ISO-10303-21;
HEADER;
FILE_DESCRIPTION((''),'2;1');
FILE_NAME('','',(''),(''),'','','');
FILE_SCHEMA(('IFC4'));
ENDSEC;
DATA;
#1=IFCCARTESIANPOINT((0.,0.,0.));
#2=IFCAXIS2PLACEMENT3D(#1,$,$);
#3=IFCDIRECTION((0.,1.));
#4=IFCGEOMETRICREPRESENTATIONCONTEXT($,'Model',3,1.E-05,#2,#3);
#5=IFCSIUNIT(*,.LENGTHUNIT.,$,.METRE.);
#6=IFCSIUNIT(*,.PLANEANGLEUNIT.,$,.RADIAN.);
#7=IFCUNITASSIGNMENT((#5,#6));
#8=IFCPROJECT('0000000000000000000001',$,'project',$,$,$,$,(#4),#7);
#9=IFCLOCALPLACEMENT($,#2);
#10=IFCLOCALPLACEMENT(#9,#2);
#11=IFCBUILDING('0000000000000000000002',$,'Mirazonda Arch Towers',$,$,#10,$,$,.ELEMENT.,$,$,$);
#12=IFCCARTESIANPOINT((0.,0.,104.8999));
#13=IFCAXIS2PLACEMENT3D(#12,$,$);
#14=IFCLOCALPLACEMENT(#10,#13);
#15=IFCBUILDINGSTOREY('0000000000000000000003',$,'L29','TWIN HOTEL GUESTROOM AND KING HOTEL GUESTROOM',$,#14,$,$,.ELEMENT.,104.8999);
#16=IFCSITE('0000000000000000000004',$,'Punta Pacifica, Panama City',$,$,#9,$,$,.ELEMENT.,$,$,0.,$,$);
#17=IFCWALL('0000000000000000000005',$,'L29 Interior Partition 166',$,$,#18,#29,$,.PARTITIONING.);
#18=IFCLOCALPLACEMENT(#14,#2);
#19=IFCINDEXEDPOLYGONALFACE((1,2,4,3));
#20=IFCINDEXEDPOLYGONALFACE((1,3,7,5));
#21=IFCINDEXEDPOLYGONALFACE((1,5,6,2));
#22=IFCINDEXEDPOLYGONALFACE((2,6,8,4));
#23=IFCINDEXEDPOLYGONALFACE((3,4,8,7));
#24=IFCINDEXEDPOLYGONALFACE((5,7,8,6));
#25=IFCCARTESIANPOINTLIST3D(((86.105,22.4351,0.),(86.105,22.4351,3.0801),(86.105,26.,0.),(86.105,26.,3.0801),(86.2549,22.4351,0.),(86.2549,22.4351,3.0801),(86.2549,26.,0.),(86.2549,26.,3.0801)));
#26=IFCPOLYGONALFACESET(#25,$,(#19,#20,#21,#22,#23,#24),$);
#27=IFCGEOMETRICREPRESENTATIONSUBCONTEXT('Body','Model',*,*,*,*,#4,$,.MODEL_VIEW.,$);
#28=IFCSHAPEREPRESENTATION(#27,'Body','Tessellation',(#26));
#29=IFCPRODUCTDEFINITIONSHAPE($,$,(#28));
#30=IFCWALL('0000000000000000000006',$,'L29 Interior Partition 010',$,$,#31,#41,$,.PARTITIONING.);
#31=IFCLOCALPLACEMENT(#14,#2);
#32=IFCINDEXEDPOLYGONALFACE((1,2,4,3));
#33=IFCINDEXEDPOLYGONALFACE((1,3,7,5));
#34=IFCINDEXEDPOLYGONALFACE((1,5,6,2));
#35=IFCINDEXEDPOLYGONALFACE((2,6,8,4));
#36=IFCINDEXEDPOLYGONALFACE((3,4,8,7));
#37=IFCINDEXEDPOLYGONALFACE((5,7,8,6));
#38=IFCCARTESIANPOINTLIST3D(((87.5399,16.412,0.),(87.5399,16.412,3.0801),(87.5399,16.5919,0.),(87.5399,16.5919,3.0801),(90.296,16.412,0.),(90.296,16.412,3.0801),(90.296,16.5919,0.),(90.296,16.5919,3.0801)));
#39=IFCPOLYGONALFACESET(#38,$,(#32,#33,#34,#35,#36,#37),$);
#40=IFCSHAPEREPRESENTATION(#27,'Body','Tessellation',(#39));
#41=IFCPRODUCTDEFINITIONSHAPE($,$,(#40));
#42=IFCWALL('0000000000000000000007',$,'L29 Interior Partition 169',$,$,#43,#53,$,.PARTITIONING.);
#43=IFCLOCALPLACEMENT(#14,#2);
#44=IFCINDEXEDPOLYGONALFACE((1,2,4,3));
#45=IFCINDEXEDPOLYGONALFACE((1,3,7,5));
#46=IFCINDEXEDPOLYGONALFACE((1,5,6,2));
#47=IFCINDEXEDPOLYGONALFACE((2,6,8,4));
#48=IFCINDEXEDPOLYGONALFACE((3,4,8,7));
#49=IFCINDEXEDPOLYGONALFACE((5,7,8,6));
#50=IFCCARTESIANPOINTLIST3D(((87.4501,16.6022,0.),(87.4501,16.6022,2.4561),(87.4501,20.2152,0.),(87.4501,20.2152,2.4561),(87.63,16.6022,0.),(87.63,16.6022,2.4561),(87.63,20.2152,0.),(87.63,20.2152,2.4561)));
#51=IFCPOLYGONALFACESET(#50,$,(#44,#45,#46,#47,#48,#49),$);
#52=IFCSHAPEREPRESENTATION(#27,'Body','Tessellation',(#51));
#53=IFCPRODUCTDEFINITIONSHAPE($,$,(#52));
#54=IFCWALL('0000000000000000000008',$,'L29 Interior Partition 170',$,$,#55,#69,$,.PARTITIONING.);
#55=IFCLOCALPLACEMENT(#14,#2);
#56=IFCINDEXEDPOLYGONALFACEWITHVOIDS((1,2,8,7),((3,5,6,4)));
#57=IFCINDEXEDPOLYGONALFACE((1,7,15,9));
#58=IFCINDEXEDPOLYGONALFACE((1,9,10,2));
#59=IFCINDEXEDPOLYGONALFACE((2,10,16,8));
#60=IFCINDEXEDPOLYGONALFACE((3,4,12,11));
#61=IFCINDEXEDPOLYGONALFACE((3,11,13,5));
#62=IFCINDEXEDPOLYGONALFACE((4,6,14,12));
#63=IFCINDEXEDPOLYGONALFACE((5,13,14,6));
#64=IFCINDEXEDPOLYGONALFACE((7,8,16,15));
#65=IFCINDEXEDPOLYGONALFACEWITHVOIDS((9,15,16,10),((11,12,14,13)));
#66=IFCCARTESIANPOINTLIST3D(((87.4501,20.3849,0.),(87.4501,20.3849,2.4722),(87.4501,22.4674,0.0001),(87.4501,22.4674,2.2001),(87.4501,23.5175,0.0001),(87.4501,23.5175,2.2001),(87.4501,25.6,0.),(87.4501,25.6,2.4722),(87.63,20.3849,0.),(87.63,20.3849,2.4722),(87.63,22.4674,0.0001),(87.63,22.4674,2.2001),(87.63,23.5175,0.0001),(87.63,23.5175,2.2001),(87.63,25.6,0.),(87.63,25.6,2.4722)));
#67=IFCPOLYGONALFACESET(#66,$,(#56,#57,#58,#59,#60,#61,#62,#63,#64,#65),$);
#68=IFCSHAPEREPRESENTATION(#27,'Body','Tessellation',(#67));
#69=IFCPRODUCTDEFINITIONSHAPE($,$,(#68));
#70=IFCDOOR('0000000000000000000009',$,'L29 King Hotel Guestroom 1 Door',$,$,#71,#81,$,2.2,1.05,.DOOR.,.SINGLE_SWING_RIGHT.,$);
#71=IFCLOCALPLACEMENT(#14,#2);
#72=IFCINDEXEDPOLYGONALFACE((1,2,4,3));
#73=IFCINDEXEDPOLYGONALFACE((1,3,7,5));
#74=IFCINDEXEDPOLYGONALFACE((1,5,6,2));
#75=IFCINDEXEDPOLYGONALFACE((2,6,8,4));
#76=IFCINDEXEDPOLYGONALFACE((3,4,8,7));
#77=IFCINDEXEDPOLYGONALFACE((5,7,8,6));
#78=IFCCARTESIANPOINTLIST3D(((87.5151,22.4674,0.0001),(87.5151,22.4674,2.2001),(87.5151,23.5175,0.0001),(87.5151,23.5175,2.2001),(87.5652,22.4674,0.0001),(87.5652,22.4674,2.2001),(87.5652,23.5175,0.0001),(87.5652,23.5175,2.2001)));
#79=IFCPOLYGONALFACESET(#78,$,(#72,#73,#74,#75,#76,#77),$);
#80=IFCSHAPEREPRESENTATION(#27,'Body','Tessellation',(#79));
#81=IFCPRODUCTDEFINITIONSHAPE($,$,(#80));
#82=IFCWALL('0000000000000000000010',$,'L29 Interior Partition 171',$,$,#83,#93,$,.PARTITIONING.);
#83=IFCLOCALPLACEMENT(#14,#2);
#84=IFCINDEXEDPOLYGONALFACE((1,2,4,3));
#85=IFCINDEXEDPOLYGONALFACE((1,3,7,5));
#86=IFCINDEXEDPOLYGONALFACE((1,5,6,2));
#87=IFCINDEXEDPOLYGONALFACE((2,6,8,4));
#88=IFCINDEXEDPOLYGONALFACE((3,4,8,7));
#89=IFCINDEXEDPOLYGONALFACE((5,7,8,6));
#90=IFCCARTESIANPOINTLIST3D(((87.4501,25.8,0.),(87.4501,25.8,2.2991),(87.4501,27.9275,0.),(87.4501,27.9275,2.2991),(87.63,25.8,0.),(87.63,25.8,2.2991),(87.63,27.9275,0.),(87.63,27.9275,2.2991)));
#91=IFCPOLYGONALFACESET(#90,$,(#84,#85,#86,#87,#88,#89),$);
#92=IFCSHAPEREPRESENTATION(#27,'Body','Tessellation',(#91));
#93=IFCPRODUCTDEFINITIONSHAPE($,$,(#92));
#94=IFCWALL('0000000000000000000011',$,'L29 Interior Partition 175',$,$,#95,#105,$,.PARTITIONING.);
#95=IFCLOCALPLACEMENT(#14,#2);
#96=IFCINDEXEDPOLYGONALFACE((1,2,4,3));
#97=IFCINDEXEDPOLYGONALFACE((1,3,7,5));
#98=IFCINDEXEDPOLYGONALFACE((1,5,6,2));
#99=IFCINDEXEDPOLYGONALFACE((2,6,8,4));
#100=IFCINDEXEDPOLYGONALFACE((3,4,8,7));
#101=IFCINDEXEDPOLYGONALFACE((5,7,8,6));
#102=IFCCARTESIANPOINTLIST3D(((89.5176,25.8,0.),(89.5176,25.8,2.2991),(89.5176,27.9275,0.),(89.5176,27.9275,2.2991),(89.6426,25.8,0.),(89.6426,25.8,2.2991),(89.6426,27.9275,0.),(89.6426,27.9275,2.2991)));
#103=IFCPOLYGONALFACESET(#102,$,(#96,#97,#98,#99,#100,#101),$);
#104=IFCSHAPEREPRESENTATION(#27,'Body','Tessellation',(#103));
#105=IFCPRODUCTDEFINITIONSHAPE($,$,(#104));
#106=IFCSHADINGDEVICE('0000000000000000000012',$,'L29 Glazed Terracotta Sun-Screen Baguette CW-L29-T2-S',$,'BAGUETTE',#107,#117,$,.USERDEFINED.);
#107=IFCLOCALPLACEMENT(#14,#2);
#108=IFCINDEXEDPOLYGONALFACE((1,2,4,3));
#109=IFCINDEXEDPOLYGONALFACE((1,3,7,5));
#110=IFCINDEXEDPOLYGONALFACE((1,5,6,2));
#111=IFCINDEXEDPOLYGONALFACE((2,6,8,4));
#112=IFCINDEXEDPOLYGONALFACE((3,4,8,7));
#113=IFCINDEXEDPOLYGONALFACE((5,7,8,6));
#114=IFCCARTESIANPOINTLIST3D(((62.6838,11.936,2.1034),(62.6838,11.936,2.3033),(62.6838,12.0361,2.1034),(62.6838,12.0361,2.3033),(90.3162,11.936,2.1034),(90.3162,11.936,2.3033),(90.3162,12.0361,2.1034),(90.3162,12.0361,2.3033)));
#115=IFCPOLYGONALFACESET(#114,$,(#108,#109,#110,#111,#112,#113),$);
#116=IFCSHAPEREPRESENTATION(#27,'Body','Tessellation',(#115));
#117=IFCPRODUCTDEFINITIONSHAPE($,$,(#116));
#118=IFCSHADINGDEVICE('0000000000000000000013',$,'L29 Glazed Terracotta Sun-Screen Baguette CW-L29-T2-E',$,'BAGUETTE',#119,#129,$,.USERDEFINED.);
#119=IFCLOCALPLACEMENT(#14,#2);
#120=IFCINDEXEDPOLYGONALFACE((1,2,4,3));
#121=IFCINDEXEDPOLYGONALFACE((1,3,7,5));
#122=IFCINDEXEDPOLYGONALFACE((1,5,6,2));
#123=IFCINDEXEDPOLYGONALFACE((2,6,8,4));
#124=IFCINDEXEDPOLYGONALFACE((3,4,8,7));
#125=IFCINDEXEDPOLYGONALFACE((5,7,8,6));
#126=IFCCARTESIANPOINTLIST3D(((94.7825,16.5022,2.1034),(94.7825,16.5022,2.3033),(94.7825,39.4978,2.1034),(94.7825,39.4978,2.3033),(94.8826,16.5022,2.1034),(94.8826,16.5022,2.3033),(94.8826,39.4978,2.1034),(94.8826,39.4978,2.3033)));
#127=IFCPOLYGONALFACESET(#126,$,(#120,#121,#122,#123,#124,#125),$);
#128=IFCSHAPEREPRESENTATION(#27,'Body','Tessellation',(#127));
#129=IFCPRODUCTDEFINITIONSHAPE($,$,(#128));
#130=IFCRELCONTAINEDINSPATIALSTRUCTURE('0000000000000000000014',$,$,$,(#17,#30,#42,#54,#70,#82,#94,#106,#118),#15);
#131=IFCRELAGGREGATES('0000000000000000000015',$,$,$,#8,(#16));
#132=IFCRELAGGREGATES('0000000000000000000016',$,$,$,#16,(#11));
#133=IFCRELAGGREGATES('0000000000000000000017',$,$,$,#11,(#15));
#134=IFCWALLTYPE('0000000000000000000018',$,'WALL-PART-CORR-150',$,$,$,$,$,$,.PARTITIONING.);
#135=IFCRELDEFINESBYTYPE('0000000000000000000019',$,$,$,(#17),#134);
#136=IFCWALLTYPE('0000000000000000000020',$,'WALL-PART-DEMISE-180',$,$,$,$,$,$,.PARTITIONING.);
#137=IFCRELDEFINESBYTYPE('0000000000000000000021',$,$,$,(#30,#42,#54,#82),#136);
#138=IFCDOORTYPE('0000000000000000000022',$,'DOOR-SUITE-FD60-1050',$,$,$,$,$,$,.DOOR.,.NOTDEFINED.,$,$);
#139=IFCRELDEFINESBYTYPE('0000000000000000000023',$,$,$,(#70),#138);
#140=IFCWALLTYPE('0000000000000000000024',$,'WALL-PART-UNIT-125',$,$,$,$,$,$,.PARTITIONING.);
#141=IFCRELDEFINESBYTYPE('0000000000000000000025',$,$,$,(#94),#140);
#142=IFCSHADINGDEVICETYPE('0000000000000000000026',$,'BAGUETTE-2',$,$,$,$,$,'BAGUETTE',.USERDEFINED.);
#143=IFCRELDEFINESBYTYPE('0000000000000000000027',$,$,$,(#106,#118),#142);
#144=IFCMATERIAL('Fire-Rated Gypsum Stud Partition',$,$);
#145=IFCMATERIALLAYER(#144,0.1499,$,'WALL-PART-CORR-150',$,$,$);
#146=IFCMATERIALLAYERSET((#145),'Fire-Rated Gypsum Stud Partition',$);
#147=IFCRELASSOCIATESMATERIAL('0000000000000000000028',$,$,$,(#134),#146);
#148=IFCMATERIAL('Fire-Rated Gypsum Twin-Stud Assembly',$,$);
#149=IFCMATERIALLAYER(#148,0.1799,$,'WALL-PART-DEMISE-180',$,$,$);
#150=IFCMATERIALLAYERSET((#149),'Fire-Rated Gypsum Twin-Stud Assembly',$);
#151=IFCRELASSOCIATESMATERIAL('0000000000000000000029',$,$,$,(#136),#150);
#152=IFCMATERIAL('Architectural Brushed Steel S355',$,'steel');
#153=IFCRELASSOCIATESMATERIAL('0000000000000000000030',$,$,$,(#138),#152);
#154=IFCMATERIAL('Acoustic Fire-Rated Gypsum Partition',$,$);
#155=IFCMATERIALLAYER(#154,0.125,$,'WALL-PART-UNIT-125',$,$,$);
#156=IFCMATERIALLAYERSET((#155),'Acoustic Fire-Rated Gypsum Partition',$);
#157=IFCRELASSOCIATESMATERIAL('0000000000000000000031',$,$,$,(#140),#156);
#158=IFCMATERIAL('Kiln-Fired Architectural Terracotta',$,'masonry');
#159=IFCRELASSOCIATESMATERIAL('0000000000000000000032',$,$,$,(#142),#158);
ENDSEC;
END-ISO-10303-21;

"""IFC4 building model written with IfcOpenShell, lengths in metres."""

from ifc_helpers import new_model, si_unit, direction, frame, frame_2d, origin, origin_2d, place, context, subcontext, project, spatial, rectangle, extrude, material, layer, layer_set, material_profile, profile_set, type_object, element, fill, save


model = new_model("IFC4")

# Units and contexts
model_context = context("Model", 3, precision=1e-05, world=origin(), true_north=direction((0.0, 1.0)))
body_context = subcontext(model_context, "Body", "Model", "MODEL_VIEW")
ifc_project = project(units=[si_unit("LENGTHUNIT", "METRE"), si_unit("PLANEANGLEUNIT", "RADIAN")], contexts=[model_context])

# Site, building, storey
site_placement = place(None, origin())
site = spatial("IfcSite", under=ifc_project, at=site_placement, Name="Punta Pacifica, Panama City", CompositionType="ELEMENT", RefElevation=0.0)
building_placement = place(site_placement, origin())
building = spatial("IfcBuilding", under=site, at=building_placement, Name="Mirazonda Arch Towers", CompositionType="ELEMENT")
storey_placement = place(building_placement, frame((0.0, 0.0, 104.8999)))
storey = spatial("IfcBuildingStorey", under=building, at=storey_placement, Name="L29", Description="TWIN HOTEL GUESTROOM AND KING HOTEL GUESTROOM", CompositionType="ELEMENT", Elevation=104.8999)

# Walls
ifc_material_1 = material(Name="Fire-Rated Gypsum Stud Partition")
ifc_layer_1 = layer(ifc_material_1, 0.1499, Name="WALL-PART-CORR-150")
ifc_layer_set_1 = layer_set([ifc_layer_1], Name="Fire-Rated Gypsum Stud Partition")
wall_type_1 = type_object("IfcWallType", Name="WALL-PART-CORR-150", PredefinedType="PARTITIONING", material=ifc_layer_set_1)
wall_1_placement = place(storey_placement, frame((86.1799, 22.4351, 0.0), z_axis=(0.0, 0.0, 1.0), x_axis=(0.0, 1.0, 0.0)))
element("IfcWall", 1, at=wall_1_placement, inside=storey, type_object=wall_type_1, Name="L29 Interior Partition 166", PredefinedType="PARTITIONING", context=body_context, shape_type="SweptSolid", body=[
    extrude(rectangle(XDim=3.5649, YDim=0.1499, at=frame_2d((1.7825, 0.0))), origin(), (0.0, 0.0, 1.0), 3.0801),
])
ifc_material_2 = material(Name="Fire-Rated Gypsum Twin-Stud Assembly")
ifc_layer_2 = layer(ifc_material_2, 0.1799, Name="WALL-PART-DEMISE-180")
ifc_layer_set_2 = layer_set([ifc_layer_2], Name="Fire-Rated Gypsum Twin-Stud Assembly")
wall_type_2 = type_object("IfcWallType", Name="WALL-PART-DEMISE-180", PredefinedType="PARTITIONING", material=ifc_layer_set_2)
wall_2_placement = place(storey_placement, frame((87.54, 16.502, 0.0), z_axis=(0.0, 0.0, 1.0), x_axis=(1.0, 0.0, 0.0)))
element("IfcWall", 2, at=wall_2_placement, inside=storey, type_object=wall_type_2, Name="L29 Interior Partition 010", PredefinedType="PARTITIONING", context=body_context, shape_type="SweptSolid", body=[
    extrude(rectangle(XDim=2.7561, YDim=0.1799, at=frame_2d((1.3779, 0.0))), origin(), (0.0, 0.0, 1.0), 3.0801),
])

# Shared definitions
ifc_material_3 = material(Name="Architectural Brushed Steel S355", Category="steel")

# Wall
wall_3_placement = place(storey_placement, frame((87.54, 16.6021, 0.0), z_axis=(0.0, 0.0, 1.0), x_axis=(0.0, 1.0, 0.0)))
element("IfcWall", 3, at=wall_3_placement, inside=storey, type_object=wall_type_2, Name="L29 Interior Partition 169", PredefinedType="PARTITIONING", context=body_context, shape_type="SweptSolid", body=[
    extrude(rectangle(XDim=3.613, YDim=0.1799, at=frame_2d((1.8066, 0.0))), origin(), (0.0, 0.0, 1.0), 2.4561),
])

# Wall, opening, door
wall_4_placement = place(storey_placement, frame((87.54, 20.385, 0.0), z_axis=(0.0, 0.0, 1.0), x_axis=(0.0, 1.0, 0.0)))
wall_4 = element("IfcWall", 4, at=wall_4_placement, inside=storey, type_object=wall_type_2, Name="L29 Interior Partition 170", PredefinedType="PARTITIONING", context=body_context, shape_type="SweptSolid", body=[
    extrude(rectangle(XDim=5.2151, YDim=0.1799, at=frame_2d((2.6074, 0.0))), origin(), (0.0, 0.0, 1.0), 2.4722),
])
opening_1_placement = place(wall_4_placement, frame((2.0825, 0.0, 0.0)))
opening_1 = element("IfcOpeningElement", 5, at=opening_1_placement, cuts=wall_4, PredefinedType="OPENING", context=body_context, shape_type="SweptSolid", body=[
    extrude(rectangle(XDim=1.05, YDim=2.2, at=frame_2d((0.5249, 1.1001))), frame((0.0, 0.0999, 0.0), z_axis=(0.0, -1.0, 0.0), x_axis=(1.0, 0.0, 0.0)), (0.0, 0.0, 1.0), 0.2),
])
door_type_1 = type_object("IfcDoorType", Name="DOOR-SUITE-FD60-1050", OperationType="NOTDEFINED", PredefinedType="DOOR", material=ifc_material_3)
door_1_placement = place(opening_1_placement, origin())
door_1 = element("IfcDoor", 6, at=door_1_placement, inside=storey, type_object=door_type_1, Name="L29 King Hotel Guestroom 1 Door", OperationType="SINGLE_SWING_RIGHT", OverallHeight=2.2, OverallWidth=1.05, PredefinedType="DOOR", context=body_context, shape_type="SweptSolid", body=[
    extrude(rectangle(XDim=1.05, YDim=2.2, at=frame_2d((0.5249, 1.1001))), frame((0.0, 0.0249, 0.0), z_axis=(0.0, -1.0, 0.0), x_axis=(1.0, 0.0, 0.0)), (0.0, 0.0, 1.0), 0.05),
])
fill(opening_1, door_1)

# Walls
wall_5_placement = place(storey_placement, frame((87.54, 25.8, 0.0), z_axis=(0.0, 0.0, 1.0), x_axis=(0.0, 1.0, 0.0)))
element("IfcWall", 7, at=wall_5_placement, inside=storey, type_object=wall_type_2, Name="L29 Interior Partition 171", PredefinedType="PARTITIONING", context=body_context, shape_type="SweptSolid", body=[
    extrude(rectangle(XDim=2.1274, YDim=0.1799, at=frame_2d((1.0637, 0.0))), origin(), (0.0, 0.0, 1.0), 2.2991),
])
ifc_material_4 = material(Name="Acoustic Fire-Rated Gypsum Partition")
ifc_layer_3 = layer(ifc_material_4, 0.125, Name="WALL-PART-UNIT-125")
ifc_layer_set_3 = layer_set([ifc_layer_3], Name="Acoustic Fire-Rated Gypsum Partition")
wall_type_3 = type_object("IfcWallType", Name="WALL-PART-UNIT-125", PredefinedType="PARTITIONING", material=ifc_layer_set_3)
wall_6_placement = place(storey_placement, frame((89.5801, 25.8, 0.0), z_axis=(0.0, 0.0, 1.0), x_axis=(0.0, 1.0, 0.0)))
element("IfcWall", 8, at=wall_6_placement, inside=storey, type_object=wall_type_3, Name="L29 Interior Partition 175", PredefinedType="PARTITIONING", context=body_context, shape_type="SweptSolid", body=[
    extrude(rectangle(XDim=2.1274, YDim=0.125, at=frame_2d((1.0637, 0.0))), origin(), (0.0, 0.0, 1.0), 2.2991),
])

# Shading devices
ifc_material_5 = material(Name="Kiln-Fired Architectural Terracotta", Category="masonry")
ifc_material_profile_1 = material_profile(ifc_material_5, rectangle(XDim=0.1001, YDim=0.2, at=origin_2d()), Name="TERRA-BAG-100x200")
ifc_profile_set_1 = profile_set([ifc_material_profile_1], Name="Kiln-Fired Architectural Terracotta")
shading_device_type = type_object("IfcShadingDeviceType", Name="BAGUETTE-2", ElementType="BAGUETTE", PredefinedType="USERDEFINED", material=ifc_profile_set_1)
shading_device_1_placement = place(storey_placement, frame((90.3162, 11.9861, 2.2034), z_axis=(-1.0, 0.0, 0.0), x_axis=(0.0, -1.0, 0.0)))
element("IfcShadingDevice", 9, at=shading_device_1_placement, inside=storey, type_object=shading_device_type, Name="L29 Glazed Terracotta Sun-Screen Baguette CW-L29-T2-S", ObjectType="BAGUETTE", PredefinedType="USERDEFINED", context=body_context, shape_type="SweptSolid", body=[
    extrude(rectangle(XDim=0.1001, YDim=0.2, at=origin_2d()), origin(), (0.0, 0.0, 1.0), 27.6323),
])
shading_device_2_placement = place(storey_placement, frame((94.8325, 16.5022, 2.2034), z_axis=(0.0, 1.0, 0.0), x_axis=(-1.0, 0.0, 0.0)))
element("IfcShadingDevice", 10, at=shading_device_2_placement, inside=storey, type_object=shading_device_type, Name="L29 Glazed Terracotta Sun-Screen Baguette CW-L29-T2-E", ObjectType="BAGUETTE", PredefinedType="USERDEFINED", context=body_context, shape_type="SweptSolid", body=[
    extrude(rectangle(XDim=0.1001, YDim=0.2, at=origin_2d()), origin(), (0.0, 0.0, 1.0), 22.9956),
])

save(model, "model.ifc")
